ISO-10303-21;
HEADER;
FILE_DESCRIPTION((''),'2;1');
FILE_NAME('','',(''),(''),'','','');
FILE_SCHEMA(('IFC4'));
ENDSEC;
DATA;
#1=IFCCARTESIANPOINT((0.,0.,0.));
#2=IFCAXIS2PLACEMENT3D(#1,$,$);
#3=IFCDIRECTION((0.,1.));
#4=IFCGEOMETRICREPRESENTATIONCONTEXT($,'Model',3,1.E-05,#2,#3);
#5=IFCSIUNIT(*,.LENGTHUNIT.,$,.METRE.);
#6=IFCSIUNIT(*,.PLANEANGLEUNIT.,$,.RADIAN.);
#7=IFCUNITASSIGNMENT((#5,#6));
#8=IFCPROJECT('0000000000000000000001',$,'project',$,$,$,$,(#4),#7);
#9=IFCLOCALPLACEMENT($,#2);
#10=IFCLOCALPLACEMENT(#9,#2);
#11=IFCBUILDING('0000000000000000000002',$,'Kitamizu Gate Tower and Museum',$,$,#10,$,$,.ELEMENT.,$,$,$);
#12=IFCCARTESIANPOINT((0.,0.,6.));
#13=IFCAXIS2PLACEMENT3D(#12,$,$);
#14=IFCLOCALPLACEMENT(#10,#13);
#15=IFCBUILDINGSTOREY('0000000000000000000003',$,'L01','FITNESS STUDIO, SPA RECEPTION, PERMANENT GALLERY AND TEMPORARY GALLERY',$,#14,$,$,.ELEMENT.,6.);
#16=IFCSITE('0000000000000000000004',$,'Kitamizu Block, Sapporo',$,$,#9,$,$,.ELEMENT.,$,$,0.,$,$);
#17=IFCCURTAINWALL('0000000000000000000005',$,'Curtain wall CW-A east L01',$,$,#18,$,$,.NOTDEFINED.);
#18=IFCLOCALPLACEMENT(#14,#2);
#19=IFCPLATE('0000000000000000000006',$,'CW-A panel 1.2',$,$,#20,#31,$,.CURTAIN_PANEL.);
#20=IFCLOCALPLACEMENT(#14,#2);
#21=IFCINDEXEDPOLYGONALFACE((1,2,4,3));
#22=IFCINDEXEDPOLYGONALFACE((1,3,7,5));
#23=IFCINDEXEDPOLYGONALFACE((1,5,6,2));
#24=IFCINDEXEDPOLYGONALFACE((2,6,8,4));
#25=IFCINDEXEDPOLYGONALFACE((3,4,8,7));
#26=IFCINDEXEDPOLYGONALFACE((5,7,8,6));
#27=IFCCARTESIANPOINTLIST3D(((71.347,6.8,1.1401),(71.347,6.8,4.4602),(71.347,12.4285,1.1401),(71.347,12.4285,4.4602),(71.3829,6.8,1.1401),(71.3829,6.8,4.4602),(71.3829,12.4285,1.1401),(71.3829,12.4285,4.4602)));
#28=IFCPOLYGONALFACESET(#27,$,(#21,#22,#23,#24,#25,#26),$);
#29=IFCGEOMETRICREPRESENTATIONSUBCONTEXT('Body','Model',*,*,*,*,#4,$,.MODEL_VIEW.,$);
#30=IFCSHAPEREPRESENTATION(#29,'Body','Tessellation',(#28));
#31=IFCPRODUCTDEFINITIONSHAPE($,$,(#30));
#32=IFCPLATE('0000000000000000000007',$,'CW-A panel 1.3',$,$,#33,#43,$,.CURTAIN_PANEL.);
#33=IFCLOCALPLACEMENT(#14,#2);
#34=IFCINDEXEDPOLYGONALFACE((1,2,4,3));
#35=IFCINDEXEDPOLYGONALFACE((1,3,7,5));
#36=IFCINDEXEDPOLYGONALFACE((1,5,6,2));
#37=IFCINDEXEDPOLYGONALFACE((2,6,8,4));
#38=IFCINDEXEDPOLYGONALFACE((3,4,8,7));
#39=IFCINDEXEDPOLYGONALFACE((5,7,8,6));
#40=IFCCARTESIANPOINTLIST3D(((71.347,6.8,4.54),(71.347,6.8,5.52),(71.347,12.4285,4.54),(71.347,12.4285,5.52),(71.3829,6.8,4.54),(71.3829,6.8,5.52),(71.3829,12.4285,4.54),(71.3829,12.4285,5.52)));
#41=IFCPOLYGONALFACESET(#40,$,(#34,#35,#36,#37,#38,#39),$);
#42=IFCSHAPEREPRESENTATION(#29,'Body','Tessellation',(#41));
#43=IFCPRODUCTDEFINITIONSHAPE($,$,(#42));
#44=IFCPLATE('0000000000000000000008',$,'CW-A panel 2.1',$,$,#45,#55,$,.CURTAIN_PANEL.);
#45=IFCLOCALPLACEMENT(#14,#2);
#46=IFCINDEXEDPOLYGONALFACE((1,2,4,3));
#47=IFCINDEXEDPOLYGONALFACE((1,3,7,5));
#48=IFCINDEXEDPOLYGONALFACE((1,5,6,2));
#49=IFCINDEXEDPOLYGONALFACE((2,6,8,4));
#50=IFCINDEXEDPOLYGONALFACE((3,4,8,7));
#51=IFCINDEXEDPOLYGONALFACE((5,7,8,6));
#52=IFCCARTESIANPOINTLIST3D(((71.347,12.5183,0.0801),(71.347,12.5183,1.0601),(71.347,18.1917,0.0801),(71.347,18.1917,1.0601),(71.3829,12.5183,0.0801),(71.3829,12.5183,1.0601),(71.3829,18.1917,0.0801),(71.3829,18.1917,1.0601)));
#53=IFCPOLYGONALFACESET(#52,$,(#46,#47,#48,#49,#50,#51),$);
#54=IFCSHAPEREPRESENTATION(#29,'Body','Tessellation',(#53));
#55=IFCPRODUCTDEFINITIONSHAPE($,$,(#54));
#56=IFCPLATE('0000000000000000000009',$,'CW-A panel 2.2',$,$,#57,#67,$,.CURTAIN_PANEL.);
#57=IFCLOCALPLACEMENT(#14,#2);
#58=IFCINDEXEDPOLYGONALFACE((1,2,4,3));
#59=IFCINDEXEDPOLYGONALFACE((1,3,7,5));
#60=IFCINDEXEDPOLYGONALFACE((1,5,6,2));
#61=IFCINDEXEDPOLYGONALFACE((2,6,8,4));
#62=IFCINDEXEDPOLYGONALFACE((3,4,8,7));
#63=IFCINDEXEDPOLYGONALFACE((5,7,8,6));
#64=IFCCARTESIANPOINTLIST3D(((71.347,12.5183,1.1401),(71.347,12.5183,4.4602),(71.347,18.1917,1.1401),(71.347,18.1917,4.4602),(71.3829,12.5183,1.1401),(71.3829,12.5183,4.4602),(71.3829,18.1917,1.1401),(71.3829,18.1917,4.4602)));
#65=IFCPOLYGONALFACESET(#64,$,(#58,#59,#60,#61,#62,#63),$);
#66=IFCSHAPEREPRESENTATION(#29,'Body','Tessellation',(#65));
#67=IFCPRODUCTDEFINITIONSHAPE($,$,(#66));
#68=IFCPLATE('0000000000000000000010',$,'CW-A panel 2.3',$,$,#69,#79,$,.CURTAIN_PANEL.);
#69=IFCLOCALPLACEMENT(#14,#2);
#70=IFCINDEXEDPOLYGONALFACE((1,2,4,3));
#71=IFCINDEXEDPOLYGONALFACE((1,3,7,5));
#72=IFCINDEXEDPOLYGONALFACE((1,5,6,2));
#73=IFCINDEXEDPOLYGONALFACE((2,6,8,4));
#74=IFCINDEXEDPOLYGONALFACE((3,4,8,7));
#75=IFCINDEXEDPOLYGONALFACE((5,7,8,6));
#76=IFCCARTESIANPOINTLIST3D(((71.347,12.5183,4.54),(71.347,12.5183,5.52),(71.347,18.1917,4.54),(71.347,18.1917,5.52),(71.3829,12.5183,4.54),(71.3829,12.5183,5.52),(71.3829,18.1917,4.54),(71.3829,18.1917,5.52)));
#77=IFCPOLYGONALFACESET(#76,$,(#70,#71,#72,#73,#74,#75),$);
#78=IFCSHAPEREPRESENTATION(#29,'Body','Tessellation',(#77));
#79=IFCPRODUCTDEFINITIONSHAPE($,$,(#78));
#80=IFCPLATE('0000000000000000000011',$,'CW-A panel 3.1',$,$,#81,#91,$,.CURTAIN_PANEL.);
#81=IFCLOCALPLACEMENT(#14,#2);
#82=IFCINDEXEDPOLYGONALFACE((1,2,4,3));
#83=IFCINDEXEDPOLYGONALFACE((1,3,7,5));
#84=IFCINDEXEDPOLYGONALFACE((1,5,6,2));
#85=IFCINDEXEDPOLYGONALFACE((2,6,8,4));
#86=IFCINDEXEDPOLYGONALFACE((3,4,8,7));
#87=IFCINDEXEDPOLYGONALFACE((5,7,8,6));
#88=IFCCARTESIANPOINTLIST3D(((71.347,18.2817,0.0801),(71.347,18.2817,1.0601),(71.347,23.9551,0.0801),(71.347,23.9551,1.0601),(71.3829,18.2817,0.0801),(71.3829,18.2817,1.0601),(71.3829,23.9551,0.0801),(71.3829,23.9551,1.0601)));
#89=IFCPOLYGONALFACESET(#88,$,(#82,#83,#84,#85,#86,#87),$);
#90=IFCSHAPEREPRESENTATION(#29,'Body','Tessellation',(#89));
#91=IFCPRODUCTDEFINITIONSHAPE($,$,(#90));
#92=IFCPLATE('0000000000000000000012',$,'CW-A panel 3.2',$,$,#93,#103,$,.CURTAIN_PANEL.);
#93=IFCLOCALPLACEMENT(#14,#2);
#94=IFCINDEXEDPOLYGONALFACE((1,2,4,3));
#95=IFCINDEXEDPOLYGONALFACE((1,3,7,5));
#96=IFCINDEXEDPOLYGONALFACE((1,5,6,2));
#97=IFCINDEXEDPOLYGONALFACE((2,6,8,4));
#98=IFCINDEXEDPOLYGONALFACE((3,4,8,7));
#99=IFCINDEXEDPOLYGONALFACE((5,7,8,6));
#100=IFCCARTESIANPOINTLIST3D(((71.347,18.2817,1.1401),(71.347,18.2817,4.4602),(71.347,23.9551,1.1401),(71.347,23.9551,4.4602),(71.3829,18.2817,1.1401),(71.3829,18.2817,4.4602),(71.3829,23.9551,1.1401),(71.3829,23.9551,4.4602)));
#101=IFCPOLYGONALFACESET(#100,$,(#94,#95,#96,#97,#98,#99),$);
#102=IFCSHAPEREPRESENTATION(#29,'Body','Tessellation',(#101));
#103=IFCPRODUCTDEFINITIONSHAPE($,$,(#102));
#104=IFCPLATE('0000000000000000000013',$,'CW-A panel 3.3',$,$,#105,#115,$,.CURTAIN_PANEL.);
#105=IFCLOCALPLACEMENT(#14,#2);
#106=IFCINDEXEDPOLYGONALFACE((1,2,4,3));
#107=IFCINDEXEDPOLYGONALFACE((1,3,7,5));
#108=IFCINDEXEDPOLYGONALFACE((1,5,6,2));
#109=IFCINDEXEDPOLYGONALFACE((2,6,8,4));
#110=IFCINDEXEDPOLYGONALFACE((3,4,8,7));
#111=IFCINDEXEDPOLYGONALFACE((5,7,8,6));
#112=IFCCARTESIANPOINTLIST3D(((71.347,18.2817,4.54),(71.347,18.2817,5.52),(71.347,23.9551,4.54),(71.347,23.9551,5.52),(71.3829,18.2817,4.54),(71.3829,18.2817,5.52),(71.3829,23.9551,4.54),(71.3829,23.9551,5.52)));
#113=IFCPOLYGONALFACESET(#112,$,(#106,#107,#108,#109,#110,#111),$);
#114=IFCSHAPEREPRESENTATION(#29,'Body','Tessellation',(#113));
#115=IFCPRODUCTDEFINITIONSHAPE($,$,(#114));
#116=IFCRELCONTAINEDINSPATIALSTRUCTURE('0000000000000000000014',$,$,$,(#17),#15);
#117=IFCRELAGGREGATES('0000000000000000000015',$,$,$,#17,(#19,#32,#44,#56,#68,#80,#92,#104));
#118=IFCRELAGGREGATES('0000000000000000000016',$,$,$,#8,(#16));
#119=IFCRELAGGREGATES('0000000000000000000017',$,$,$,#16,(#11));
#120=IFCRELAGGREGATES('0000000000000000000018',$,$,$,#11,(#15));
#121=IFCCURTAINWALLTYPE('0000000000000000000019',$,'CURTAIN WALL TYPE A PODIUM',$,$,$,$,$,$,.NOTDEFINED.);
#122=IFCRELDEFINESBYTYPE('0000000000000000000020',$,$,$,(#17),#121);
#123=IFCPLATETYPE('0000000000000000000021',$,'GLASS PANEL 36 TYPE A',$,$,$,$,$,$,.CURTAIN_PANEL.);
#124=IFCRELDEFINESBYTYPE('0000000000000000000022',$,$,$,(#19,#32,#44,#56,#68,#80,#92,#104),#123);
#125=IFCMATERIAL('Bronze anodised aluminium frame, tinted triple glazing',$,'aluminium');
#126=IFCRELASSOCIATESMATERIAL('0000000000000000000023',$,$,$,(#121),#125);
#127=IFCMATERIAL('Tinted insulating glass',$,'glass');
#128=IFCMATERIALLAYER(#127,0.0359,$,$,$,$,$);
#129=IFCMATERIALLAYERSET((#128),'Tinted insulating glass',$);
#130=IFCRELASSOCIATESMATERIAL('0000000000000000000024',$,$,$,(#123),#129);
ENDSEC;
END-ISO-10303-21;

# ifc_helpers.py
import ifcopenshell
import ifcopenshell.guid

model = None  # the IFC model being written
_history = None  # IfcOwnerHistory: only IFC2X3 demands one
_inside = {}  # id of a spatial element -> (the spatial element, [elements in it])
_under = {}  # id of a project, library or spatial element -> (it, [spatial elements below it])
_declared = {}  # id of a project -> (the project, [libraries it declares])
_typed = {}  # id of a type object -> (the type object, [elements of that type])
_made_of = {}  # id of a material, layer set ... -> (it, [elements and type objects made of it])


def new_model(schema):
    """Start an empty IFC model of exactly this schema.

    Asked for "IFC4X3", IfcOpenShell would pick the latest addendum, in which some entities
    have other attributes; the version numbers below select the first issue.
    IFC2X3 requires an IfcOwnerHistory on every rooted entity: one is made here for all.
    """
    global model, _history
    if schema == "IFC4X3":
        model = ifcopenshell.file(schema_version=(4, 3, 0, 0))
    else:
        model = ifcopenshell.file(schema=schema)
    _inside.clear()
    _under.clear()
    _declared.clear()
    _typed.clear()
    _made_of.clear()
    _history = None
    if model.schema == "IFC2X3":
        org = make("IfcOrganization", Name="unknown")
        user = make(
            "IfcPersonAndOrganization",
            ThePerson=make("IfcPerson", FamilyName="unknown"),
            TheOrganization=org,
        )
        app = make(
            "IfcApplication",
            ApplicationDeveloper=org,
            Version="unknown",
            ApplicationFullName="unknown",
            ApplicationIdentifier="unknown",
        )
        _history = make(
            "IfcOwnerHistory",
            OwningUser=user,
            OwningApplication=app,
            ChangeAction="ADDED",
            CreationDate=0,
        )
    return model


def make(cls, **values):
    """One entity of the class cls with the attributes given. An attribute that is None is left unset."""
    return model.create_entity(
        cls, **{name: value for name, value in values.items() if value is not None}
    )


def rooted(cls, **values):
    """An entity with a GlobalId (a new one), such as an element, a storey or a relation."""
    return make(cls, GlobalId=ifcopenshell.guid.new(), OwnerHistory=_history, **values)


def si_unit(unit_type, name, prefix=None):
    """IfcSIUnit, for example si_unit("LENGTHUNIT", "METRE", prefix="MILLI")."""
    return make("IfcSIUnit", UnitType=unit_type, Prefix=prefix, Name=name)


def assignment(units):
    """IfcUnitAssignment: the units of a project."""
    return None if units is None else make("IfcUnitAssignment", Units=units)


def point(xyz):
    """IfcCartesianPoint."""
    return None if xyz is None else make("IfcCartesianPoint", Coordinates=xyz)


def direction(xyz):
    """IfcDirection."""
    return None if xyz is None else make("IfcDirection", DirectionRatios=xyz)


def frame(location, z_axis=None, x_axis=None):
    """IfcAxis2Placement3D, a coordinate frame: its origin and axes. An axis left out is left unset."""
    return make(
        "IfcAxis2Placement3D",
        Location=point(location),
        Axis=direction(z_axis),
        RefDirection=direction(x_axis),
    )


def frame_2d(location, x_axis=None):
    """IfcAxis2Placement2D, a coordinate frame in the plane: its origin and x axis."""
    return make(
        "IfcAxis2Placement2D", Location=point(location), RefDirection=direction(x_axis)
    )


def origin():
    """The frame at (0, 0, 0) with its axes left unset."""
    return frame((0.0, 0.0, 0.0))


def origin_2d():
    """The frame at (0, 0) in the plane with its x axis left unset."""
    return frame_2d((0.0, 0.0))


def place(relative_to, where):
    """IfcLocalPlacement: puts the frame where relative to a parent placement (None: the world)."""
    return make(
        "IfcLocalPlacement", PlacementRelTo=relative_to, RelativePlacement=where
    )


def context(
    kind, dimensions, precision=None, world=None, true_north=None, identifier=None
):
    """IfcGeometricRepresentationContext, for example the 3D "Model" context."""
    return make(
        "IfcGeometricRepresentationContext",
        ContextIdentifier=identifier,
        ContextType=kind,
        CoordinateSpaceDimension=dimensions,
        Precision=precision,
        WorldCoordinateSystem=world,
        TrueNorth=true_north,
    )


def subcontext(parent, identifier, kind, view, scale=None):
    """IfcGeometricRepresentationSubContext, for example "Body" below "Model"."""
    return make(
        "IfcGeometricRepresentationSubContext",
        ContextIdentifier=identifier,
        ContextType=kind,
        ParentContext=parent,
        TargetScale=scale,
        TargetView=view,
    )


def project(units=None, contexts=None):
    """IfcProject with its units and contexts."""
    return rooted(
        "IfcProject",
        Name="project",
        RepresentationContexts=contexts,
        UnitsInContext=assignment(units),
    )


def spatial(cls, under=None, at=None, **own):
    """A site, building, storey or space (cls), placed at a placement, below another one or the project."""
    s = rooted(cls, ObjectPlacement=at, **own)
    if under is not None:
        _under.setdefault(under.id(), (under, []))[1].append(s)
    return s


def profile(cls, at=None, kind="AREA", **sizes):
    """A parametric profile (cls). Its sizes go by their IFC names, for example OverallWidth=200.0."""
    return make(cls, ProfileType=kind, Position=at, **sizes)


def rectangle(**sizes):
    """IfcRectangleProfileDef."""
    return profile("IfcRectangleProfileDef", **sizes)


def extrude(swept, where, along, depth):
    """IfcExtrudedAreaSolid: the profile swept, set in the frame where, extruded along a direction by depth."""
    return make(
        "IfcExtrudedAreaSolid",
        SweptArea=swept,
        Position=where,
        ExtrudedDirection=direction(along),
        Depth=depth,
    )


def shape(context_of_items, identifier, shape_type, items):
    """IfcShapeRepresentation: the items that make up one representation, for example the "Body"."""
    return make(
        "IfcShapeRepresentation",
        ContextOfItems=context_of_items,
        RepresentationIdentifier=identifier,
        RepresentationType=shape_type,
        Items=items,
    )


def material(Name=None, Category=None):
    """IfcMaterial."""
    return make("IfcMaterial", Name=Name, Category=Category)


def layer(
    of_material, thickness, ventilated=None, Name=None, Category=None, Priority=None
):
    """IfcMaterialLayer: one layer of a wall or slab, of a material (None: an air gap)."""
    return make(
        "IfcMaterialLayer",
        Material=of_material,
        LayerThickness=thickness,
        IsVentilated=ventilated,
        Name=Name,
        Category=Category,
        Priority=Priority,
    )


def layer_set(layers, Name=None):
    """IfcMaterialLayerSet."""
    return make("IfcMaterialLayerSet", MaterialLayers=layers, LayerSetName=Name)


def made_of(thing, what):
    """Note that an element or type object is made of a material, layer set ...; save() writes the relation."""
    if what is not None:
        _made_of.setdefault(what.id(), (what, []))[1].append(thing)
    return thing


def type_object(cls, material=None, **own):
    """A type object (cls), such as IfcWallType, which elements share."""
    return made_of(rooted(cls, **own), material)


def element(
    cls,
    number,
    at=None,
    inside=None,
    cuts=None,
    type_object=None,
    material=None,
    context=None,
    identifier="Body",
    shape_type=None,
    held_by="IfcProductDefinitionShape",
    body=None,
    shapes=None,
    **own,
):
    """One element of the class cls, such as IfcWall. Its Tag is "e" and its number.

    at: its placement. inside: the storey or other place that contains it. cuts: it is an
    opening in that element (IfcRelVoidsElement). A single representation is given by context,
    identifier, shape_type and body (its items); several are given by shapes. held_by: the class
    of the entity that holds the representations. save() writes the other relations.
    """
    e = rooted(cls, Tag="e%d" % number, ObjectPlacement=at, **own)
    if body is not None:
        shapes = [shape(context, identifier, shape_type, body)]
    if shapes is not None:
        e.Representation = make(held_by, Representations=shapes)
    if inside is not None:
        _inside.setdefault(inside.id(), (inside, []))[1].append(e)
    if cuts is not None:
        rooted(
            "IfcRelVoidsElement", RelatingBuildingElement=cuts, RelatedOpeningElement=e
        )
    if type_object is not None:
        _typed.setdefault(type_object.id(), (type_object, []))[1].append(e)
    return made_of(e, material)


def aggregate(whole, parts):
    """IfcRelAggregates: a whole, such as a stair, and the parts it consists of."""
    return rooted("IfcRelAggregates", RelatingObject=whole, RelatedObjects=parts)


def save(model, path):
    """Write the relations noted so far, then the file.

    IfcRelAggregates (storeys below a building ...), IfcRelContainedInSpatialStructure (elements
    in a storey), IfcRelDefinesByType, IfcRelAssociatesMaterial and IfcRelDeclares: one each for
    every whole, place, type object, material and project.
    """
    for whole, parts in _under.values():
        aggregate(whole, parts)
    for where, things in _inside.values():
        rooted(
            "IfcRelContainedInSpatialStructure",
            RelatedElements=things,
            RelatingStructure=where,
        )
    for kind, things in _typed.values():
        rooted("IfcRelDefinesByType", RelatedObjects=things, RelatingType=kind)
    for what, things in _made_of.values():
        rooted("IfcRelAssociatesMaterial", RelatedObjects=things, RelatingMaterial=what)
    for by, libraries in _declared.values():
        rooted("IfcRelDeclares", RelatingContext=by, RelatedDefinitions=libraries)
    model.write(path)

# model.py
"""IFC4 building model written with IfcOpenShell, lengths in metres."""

from ifc_helpers import new_model, si_unit, direction, frame, origin, origin_2d, place, context, subcontext, project, spatial, rectangle, extrude, material, layer, layer_set, type_object, element, aggregate, save


model = new_model("IFC4")

# Units and contexts
model_context = context("Model", 3, precision=1e-05, world=origin(), true_north=direction((0.0, 1.0)))
body_context = subcontext(model_context, "Body", "Model", "MODEL_VIEW")
ifc_project = project(units=[si_unit("LENGTHUNIT", "METRE"), si_unit("PLANEANGLEUNIT", "RADIAN")], contexts=[model_context])

# Site, building, storey
site_placement = place(None, origin())
site = spatial("IfcSite", under=ifc_project, at=site_placement, Name="Kitamizu Block, Sapporo", CompositionType="ELEMENT", RefElevation=0.0)
building_placement = place(site_placement, origin())
building = spatial("IfcBuilding", under=site, at=building_placement, Name="Kitamizu Gate Tower and Museum", CompositionType="ELEMENT")
storey_placement = place(building_placement, frame((0.0, 0.0, 6.0)))
storey = spatial("IfcBuildingStorey", under=building, at=storey_placement, Name="L01", Description="FITNESS STUDIO, SPA RECEPTION, PERMANENT GALLERY AND TEMPORARY GALLERY", CompositionType="ELEMENT", Elevation=6.0)

# Curtain wall, plates
ifc_material_1 = material(Name="Bronze anodised aluminium frame, tinted triple glazing", Category="aluminium")
curtain_wall_type = type_object("IfcCurtainWallType", Name="CURTAIN WALL TYPE A PODIUM", PredefinedType="NOTDEFINED", material=ifc_material_1)
curtain_wall_placement = place(storey_placement, origin())
curtain_wall = element("IfcCurtainWall", 1, at=curtain_wall_placement, inside=storey, type_object=curtain_wall_type, Name="Curtain wall CW-A east L01", PredefinedType="NOTDEFINED")
ifc_material_2 = material(Name="Tinted insulating glass", Category="glass")
ifc_layer = layer(ifc_material_2, 0.0359)
ifc_layer_set = layer_set([ifc_layer], Name="Tinted insulating glass")
plate_type = type_object("IfcPlateType", Name="GLASS PANEL 36 TYPE A", PredefinedType="CURTAIN_PANEL", material=ifc_layer_set)
plate_1_placement = place(storey_placement, frame((71.365, 9.6143, 1.1401), z_axis=(0.0, 0.0, 1.0), x_axis=(0.0, 1.0, 0.0)))
plate_1 = element("IfcPlate", 2, at=plate_1_placement, type_object=plate_type, Name="CW-A panel 1.2", PredefinedType="CURTAIN_PANEL", context=body_context, shape_type="SweptSolid", body=[
    extrude(rectangle(XDim=5.6284, YDim=0.0359, at=origin_2d()), origin(), (0.0, 0.0, 1.0), 3.3201),
])
plate_2_placement = place(storey_placement, frame((71.365, 9.6143, 4.54), z_axis=(0.0, 0.0, 1.0), x_axis=(0.0, 1.0, 0.0)))
plate_2 = element("IfcPlate", 3, at=plate_2_placement, type_object=plate_type, Name="CW-A panel 1.3", PredefinedType="CURTAIN_PANEL", context=body_context, shape_type="SweptSolid", body=[
    extrude(rectangle(XDim=5.6284, YDim=0.0359, at=origin_2d()), origin(), (0.0, 0.0, 1.0), 0.98),
])
plate_3_placement = place(storey_placement, frame((71.365, 15.355, 0.0801), z_axis=(0.0, 0.0, 1.0), x_axis=(0.0, 1.0, 0.0)))
plate_3 = element("IfcPlate", 4, at=plate_3_placement, type_object=plate_type, Name="CW-A panel 2.1", PredefinedType="CURTAIN_PANEL", context=body_context, shape_type="SweptSolid", body=[
    extrude(rectangle(XDim=5.6733, YDim=0.0359, at=origin_2d()), origin(), (0.0, 0.0, 1.0), 0.98),
])
plate_4_placement = place(storey_placement, frame((71.365, 15.355, 1.1401), z_axis=(0.0, 0.0, 1.0), x_axis=(0.0, 1.0, 0.0)))
plate_4 = element("IfcPlate", 5, at=plate_4_placement, type_object=plate_type, Name="CW-A panel 2.2", PredefinedType="CURTAIN_PANEL", context=body_context, shape_type="SweptSolid", body=[
    extrude(rectangle(XDim=5.6733, YDim=0.0359, at=origin_2d()), origin(), (0.0, 0.0, 1.0), 3.3201),
])
plate_5_placement = place(storey_placement, frame((71.365, 15.355, 4.54), z_axis=(0.0, 0.0, 1.0), x_axis=(0.0, 1.0, 0.0)))
plate_5 = element("IfcPlate", 6, at=plate_5_placement, type_object=plate_type, Name="CW-A panel 2.3", PredefinedType="CURTAIN_PANEL", context=body_context, shape_type="SweptSolid", body=[
    extrude(rectangle(XDim=5.6733, YDim=0.0359, at=origin_2d()), origin(), (0.0, 0.0, 1.0), 0.98),
])
plate_6_placement = place(storey_placement, frame((71.365, 21.1184, 0.0801), z_axis=(0.0, 0.0, 1.0), x_axis=(0.0, 1.0, 0.0)))
plate_6 = element("IfcPlate", 7, at=plate_6_placement, type_object=plate_type, Name="CW-A panel 3.1", PredefinedType="CURTAIN_PANEL", context=body_context, shape_type="SweptSolid", body=[
    extrude(rectangle(XDim=5.6733, YDim=0.0359, at=origin_2d()), origin(), (0.0, 0.0, 1.0), 0.98),
])
plate_7_placement = place(storey_placement, frame((71.365, 21.1184, 1.1401), z_axis=(0.0, 0.0, 1.0), x_axis=(0.0, 1.0, 0.0)))
plate_7 = element("IfcPlate", 8, at=plate_7_placement, type_object=plate_type, Name="CW-A panel 3.2", PredefinedType="CURTAIN_PANEL", context=body_context, shape_type="SweptSolid", body=[
    extrude(rectangle(XDim=5.6733, YDim=0.0359, at=origin_2d()), origin(), (0.0, 0.0, 1.0), 3.3201),
])
plate_8_placement = place(storey_placement, frame((71.365, 21.1184, 4.54), z_axis=(0.0, 0.0, 1.0), x_axis=(0.0, 1.0, 0.0)))
plate_8 = element("IfcPlate", 9, at=plate_8_placement, type_object=plate_type, Name="CW-A panel 3.3", PredefinedType="CURTAIN_PANEL", context=body_context, shape_type="SweptSolid", body=[
    extrude(rectangle(XDim=5.6733, YDim=0.0359, at=origin_2d()), origin(), (0.0, 0.0, 1.0), 0.98),
])
aggregate(curtain_wall, [plate_1, plate_2, plate_3, plate_4, plate_5, plate_6, plate_7, plate_8])

save(model, "model.ifc")
